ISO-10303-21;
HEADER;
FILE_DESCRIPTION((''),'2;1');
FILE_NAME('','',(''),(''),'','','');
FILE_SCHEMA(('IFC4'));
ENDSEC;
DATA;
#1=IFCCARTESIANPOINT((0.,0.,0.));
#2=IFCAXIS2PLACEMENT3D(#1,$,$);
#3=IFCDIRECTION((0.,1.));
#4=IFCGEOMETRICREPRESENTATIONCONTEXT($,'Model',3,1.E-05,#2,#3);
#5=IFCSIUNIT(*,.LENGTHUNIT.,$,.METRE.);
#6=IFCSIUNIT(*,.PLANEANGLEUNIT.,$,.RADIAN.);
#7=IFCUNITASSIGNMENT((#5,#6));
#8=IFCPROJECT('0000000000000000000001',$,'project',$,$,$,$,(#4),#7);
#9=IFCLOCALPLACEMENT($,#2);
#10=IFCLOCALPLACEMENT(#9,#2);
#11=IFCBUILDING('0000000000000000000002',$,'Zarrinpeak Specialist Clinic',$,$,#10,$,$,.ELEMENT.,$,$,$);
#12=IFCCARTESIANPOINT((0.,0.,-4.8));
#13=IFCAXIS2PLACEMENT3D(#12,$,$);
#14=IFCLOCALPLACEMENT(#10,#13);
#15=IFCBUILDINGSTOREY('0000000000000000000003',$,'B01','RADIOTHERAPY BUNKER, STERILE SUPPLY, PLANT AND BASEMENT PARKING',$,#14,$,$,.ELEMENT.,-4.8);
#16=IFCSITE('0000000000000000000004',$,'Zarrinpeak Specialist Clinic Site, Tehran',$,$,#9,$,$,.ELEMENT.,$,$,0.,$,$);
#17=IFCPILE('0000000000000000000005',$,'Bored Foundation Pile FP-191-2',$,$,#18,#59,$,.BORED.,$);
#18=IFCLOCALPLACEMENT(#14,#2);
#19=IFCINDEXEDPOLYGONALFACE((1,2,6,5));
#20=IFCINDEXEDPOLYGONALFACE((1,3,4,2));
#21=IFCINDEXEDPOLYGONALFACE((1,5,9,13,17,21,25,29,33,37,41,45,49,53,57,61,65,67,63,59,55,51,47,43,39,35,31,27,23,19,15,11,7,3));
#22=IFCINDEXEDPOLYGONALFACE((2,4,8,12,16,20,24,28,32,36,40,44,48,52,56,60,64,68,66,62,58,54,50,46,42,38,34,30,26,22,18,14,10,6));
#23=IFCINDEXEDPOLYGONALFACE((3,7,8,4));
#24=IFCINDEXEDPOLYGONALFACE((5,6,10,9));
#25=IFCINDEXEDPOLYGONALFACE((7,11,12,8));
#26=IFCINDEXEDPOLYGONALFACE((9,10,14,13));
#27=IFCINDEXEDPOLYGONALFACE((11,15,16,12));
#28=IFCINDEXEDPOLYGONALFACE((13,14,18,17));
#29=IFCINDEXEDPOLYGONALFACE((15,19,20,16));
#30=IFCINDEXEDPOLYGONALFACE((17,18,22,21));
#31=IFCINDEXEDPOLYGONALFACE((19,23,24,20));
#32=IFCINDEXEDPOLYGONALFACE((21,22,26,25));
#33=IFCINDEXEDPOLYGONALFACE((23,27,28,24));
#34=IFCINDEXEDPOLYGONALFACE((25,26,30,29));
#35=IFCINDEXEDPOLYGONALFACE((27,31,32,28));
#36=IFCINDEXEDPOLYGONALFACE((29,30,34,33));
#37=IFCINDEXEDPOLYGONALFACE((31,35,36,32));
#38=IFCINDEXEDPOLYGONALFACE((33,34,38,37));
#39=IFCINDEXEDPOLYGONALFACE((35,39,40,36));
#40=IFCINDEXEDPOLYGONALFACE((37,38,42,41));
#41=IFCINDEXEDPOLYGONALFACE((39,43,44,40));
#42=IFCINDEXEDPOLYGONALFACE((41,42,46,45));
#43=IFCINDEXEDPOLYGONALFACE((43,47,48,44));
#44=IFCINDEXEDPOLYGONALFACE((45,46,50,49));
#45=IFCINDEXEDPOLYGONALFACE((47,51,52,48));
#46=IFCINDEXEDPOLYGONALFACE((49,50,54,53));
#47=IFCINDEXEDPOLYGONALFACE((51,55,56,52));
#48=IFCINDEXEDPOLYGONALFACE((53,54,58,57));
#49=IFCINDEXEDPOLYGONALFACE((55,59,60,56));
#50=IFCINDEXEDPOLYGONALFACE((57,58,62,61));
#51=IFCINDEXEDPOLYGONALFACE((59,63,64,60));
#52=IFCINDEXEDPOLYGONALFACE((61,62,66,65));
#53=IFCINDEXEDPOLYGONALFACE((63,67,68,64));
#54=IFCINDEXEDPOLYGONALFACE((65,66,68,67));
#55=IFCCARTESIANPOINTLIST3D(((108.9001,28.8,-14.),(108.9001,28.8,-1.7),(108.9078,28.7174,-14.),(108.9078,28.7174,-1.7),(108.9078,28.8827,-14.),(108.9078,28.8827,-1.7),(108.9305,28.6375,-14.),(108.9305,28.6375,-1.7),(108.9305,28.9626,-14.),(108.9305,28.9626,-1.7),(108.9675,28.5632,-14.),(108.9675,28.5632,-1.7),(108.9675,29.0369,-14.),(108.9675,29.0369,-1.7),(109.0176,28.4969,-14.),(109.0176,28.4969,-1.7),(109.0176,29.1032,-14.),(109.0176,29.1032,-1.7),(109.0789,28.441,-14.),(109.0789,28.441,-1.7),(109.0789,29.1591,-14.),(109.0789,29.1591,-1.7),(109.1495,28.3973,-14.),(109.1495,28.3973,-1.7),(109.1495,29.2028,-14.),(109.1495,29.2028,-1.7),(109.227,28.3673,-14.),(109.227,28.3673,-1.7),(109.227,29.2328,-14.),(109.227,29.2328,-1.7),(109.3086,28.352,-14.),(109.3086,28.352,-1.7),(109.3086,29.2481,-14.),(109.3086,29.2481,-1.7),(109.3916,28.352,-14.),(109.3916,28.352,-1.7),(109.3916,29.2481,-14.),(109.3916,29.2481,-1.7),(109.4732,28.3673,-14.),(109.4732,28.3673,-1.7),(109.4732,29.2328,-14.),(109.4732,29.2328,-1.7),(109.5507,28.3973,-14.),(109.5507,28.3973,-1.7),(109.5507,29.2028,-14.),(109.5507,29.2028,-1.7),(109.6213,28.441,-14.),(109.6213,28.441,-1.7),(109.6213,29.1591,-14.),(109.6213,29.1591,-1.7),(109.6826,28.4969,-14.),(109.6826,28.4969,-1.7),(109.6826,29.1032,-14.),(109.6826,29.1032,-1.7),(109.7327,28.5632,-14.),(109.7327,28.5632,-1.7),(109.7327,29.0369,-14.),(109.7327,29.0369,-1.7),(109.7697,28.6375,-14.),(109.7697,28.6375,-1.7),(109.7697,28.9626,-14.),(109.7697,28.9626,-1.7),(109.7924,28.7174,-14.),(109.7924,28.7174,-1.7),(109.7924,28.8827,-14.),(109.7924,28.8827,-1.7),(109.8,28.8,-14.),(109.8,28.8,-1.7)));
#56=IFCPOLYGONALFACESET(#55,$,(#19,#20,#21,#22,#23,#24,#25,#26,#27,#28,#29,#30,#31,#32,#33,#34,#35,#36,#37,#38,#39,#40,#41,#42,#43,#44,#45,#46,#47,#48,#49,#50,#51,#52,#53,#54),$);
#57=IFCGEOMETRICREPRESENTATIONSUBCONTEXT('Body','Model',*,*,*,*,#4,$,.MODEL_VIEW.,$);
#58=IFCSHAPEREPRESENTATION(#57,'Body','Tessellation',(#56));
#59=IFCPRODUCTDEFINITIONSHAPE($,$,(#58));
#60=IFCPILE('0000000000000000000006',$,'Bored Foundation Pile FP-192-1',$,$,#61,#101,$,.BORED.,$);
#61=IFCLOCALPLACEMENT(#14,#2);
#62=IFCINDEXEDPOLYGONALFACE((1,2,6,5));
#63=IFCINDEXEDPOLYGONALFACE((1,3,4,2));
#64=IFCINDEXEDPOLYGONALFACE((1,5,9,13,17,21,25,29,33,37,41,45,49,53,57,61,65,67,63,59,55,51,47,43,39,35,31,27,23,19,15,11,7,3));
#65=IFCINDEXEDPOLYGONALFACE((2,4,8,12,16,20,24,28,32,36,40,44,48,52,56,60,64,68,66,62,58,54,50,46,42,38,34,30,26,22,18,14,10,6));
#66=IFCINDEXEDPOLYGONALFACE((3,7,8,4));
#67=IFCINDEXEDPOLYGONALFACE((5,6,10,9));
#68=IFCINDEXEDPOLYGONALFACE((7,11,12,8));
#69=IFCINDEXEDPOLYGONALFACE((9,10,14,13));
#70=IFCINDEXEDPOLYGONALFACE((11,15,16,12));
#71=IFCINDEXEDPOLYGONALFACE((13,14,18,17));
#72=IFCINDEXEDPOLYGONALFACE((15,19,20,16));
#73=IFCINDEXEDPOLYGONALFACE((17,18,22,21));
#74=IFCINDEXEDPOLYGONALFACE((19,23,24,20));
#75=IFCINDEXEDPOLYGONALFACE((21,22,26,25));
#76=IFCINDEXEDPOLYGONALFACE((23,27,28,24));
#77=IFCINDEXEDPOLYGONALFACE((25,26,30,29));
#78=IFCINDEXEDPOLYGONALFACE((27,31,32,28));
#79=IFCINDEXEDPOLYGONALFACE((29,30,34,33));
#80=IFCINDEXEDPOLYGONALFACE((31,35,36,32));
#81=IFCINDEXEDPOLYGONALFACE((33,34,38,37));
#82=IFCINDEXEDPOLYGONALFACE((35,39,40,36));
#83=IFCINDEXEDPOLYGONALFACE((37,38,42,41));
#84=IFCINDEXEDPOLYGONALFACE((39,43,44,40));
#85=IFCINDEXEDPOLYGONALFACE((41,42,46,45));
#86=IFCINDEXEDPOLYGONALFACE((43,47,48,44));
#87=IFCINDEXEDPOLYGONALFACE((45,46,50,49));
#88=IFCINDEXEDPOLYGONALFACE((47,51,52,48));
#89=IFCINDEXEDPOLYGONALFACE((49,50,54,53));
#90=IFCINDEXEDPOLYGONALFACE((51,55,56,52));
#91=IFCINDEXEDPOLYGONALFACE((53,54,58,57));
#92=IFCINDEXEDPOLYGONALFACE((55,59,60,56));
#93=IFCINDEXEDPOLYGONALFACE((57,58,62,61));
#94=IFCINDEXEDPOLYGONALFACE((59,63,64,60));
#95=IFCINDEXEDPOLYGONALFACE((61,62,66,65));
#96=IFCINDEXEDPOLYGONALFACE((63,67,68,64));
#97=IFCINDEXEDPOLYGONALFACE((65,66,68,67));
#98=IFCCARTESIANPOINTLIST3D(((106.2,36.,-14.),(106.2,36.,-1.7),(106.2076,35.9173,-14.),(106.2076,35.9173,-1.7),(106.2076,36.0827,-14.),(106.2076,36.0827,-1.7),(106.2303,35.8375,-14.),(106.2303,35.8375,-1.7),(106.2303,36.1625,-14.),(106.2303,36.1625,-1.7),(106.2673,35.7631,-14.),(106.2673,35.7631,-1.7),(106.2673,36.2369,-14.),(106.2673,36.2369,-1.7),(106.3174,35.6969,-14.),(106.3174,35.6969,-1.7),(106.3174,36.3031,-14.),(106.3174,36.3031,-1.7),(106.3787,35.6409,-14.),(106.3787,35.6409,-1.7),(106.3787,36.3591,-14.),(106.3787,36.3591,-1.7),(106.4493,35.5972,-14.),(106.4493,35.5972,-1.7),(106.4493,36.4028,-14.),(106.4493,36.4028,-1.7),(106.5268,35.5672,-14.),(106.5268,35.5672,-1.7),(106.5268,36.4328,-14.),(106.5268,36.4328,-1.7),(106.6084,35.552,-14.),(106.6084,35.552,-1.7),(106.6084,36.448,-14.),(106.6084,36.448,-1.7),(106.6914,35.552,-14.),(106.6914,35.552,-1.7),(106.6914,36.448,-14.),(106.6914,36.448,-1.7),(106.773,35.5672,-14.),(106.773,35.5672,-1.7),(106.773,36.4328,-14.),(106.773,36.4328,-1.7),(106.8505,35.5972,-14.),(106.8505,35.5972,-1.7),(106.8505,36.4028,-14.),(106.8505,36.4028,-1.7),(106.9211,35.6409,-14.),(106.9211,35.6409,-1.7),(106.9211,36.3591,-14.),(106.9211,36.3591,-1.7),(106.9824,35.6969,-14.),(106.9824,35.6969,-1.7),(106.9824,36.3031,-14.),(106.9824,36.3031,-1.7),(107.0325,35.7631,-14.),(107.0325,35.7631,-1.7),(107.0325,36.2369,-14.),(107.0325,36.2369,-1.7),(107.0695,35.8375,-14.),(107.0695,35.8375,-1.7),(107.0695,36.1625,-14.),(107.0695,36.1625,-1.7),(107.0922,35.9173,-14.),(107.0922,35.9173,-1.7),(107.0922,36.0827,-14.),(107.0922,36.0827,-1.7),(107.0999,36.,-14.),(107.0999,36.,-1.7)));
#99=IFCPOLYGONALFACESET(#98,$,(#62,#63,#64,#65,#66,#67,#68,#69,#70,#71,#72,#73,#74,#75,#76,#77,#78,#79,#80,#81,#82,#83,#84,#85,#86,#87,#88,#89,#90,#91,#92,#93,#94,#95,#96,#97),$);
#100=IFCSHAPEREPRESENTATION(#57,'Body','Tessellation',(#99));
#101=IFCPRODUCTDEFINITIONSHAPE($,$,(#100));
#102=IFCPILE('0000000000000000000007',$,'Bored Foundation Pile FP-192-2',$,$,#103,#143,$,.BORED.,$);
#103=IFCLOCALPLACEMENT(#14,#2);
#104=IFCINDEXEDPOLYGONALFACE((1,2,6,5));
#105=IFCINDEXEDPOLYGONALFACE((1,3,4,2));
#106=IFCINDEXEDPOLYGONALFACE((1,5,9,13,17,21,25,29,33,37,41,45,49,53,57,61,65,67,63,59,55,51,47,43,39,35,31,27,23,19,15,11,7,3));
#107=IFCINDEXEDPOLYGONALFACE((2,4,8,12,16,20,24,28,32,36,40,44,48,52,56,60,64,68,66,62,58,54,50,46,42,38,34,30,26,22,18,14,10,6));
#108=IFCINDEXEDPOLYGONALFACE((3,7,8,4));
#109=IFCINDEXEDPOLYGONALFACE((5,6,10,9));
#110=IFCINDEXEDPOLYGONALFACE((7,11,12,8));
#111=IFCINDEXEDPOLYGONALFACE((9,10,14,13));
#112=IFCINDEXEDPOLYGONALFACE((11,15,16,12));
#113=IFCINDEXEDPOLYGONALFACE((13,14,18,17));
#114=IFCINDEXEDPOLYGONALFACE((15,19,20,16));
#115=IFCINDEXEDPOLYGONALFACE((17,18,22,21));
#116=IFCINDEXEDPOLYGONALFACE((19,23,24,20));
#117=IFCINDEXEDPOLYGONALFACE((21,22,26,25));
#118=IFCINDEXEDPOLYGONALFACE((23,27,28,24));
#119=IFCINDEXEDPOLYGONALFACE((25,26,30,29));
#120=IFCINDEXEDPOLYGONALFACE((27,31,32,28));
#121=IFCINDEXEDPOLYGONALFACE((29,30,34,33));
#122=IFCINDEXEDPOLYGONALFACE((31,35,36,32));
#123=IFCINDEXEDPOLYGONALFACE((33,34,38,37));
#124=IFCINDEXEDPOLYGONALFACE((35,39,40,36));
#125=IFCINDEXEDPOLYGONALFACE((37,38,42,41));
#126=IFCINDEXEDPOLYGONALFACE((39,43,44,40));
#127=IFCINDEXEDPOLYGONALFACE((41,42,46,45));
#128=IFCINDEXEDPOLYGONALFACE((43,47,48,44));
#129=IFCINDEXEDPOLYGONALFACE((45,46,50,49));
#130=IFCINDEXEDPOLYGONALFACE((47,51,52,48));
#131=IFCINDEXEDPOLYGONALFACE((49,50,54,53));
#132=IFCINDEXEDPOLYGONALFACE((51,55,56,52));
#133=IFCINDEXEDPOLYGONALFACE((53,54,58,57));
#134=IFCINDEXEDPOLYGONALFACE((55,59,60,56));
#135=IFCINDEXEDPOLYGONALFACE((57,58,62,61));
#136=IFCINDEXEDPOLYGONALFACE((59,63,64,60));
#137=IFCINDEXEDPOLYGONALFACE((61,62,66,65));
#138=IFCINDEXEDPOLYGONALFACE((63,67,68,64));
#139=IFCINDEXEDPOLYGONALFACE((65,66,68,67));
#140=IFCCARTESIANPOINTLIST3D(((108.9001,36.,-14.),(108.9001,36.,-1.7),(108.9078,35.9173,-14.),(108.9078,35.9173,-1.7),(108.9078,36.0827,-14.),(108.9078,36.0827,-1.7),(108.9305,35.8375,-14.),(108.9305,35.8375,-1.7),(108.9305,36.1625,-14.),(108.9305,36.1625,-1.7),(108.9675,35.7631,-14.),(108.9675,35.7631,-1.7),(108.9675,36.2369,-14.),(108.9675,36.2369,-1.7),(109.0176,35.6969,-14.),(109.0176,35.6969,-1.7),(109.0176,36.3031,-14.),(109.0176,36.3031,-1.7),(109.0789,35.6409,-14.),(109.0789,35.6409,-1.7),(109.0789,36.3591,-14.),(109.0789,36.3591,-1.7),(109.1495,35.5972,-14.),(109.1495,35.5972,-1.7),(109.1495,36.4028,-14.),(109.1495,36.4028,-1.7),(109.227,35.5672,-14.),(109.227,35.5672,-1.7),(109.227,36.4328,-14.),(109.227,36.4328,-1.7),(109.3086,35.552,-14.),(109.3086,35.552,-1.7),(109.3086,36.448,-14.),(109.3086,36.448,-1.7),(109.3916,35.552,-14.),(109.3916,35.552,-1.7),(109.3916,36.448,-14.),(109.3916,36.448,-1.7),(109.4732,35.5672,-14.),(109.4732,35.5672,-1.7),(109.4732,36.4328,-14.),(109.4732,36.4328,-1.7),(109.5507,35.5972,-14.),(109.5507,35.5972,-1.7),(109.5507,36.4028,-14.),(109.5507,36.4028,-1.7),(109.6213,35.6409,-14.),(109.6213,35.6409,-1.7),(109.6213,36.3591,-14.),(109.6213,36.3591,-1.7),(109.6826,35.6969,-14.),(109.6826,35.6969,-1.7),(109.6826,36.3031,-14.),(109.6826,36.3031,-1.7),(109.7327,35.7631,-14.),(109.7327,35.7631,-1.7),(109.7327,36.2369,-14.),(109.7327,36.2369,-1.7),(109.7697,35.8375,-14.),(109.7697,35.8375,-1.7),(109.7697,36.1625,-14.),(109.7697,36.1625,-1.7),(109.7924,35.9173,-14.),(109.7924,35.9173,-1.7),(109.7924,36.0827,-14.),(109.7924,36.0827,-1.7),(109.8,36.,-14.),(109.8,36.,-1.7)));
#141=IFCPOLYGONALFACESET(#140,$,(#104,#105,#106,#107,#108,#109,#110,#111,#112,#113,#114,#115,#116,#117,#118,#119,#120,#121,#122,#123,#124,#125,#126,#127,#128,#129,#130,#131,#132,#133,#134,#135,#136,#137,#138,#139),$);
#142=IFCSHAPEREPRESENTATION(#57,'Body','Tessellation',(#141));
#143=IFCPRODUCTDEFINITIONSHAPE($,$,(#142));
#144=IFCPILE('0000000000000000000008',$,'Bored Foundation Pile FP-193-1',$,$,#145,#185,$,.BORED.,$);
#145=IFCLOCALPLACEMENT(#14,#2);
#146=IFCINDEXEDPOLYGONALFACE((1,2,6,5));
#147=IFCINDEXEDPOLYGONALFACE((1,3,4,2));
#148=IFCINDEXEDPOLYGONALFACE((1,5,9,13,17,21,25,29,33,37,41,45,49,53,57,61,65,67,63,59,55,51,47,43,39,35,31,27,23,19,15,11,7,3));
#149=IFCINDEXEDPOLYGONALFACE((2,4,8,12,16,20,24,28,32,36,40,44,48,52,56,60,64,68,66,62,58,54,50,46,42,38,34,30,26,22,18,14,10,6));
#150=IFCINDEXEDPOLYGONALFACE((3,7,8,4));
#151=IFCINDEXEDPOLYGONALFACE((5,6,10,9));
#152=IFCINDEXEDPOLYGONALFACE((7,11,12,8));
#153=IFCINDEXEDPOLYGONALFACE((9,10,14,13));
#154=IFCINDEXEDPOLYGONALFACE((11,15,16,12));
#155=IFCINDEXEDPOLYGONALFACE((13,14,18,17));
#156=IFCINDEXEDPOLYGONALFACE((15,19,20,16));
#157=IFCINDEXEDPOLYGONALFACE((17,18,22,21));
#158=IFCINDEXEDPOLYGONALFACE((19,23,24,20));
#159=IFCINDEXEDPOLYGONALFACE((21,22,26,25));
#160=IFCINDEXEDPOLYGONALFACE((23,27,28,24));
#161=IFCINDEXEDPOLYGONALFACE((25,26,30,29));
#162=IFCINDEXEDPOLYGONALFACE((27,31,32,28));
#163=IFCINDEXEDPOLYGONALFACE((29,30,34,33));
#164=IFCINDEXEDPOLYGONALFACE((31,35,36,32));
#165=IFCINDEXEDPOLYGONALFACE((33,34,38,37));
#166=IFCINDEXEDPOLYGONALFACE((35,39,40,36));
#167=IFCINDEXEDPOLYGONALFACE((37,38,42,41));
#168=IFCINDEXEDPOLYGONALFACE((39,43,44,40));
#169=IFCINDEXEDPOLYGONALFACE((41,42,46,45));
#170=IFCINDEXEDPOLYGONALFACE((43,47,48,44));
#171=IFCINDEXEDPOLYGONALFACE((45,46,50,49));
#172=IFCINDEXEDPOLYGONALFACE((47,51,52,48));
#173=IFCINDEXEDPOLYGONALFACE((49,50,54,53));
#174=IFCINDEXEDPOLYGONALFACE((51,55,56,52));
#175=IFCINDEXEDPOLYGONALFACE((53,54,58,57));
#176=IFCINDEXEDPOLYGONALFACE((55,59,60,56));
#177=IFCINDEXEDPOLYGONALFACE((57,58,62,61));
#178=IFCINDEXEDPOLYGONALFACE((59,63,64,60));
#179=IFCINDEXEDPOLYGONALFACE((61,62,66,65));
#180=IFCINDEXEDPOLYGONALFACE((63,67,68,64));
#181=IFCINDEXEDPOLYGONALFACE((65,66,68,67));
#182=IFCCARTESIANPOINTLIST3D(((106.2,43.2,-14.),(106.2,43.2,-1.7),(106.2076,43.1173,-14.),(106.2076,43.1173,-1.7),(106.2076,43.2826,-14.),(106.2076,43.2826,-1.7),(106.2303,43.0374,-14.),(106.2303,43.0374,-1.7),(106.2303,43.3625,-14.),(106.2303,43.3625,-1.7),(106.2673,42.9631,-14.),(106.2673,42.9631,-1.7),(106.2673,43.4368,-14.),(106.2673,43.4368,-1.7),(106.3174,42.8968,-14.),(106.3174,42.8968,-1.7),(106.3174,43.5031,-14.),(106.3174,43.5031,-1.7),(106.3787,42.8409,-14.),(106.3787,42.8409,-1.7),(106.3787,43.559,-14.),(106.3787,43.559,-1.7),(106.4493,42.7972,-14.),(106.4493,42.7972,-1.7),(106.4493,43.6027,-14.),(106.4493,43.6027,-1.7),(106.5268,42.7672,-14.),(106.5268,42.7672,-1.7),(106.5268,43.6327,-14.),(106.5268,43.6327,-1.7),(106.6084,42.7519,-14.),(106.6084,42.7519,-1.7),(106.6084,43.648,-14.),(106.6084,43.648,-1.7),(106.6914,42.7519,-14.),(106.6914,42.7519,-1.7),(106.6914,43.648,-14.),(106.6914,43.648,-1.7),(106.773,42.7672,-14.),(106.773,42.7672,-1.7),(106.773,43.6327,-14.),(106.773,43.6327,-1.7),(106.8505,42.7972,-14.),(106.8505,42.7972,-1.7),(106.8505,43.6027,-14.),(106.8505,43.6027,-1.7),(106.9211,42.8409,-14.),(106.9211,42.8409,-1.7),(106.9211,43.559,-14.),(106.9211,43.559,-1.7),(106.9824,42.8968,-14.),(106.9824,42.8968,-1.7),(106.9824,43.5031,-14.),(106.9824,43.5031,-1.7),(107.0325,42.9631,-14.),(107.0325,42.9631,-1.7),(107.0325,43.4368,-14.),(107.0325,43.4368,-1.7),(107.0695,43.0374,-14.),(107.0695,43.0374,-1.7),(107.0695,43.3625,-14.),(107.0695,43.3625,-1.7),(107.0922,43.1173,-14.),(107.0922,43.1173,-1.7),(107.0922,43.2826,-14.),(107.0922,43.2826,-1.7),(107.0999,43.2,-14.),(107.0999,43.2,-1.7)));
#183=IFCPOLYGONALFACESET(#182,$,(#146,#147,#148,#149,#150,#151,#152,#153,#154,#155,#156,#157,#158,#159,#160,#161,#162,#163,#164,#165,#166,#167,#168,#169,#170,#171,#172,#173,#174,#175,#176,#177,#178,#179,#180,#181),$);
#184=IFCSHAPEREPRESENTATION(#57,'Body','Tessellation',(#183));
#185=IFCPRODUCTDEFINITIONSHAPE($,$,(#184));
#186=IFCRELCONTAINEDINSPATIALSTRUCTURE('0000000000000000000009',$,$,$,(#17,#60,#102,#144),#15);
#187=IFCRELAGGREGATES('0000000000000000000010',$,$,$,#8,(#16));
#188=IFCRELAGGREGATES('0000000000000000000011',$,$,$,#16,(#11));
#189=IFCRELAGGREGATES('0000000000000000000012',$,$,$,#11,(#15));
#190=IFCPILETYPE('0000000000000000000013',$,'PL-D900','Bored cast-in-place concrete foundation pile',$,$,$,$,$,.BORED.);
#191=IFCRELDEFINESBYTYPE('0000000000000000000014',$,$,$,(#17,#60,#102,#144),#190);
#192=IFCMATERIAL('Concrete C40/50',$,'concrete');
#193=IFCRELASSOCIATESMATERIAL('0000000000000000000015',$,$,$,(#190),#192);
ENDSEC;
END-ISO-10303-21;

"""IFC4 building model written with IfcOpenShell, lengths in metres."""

from ifc_helpers import new_model, si_unit, direction, frame, origin, origin_2d, place, context, subcontext, project, spatial, circle, extrude, material, material_profile, profile_set, type_object, element, save


model = new_model("IFC4")

# Units and contexts
model_context = context("Model", 3, precision=1e-05, world=origin(), true_north=direction((0.0, 1.0)))
body_context = subcontext(model_context, "Body", "Model", "MODEL_VIEW")
ifc_project = project(units=[si_unit("LENGTHUNIT", "METRE"), si_unit("PLANEANGLEUNIT", "RADIAN")], contexts=[model_context])

# Site, building, storey
site_placement = place(None, origin())
site = spatial("IfcSite", under=ifc_project, at=site_placement, Name="Zarrinpeak Specialist Clinic Site, Tehran", CompositionType="ELEMENT", RefElevation=0.0)
building_placement = place(site_placement, origin())
building = spatial("IfcBuilding", under=site, at=building_placement, Name="Zarrinpeak Specialist Clinic", CompositionType="ELEMENT")
storey_placement = place(building_placement, frame((0.0, 0.0, -4.8)))
storey = spatial("IfcBuildingStorey", under=building, at=storey_placement, Name="B01", Description="RADIOTHERAPY BUNKER, STERILE SUPPLY, PLANT AND BASEMENT PARKING", CompositionType="ELEMENT", Elevation=-4.8)

# Shared definitions
ifc_material_1 = material(Name="Concrete C40/50", Category="concrete")

# Piles
ifc_material_profile_1 = material_profile(ifc_material_1, circle(Radius=0.45, at=origin_2d()), Name="BORED PILE D900")
ifc_profile_set_1 = profile_set([ifc_material_profile_1], Name="Concrete C40/50")
pile_type = type_object("IfcPileType", Name="PL-D900", Description="Bored cast-in-place concrete foundation pile", PredefinedType="BORED", material=ifc_profile_set_1)
for number, where, z_axis, x_axis, name in (
    (1, (109.3501, 28.8, -1.7), (0.0, 0.0, -1.0), (1.0, 0.0, 0.0), "Bored Foundation Pile FP-191-2"),
    (2, (106.6499, 36.0, -1.7), (0.0, 0.0, -1.0), (1.0, 0.0, 0.0), "Bored Foundation Pile FP-192-1"),
    (3, (109.3501, 36.0, -1.7), (0.0, 0.0, -1.0), (1.0, 0.0, 0.0), "Bored Foundation Pile FP-192-2"),
    (4, (106.6499, 43.2, -1.7), (0.0, 0.0, -1.0), (1.0, 0.0, 0.0), "Bored Foundation Pile FP-193-1"),
):
    element("IfcPile", number, at=place(storey_placement, frame(where, z_axis=z_axis, x_axis=x_axis)), inside=storey, type_object=pile_type, Name=name, PredefinedType="BORED", context=body_context, shape_type="SweptSolid", body=[
        extrude(circle(Radius=0.45, at=origin_2d()), origin(), (0.0, 0.0, 1.0), 12.3),
    ])

save(model, "model.ifc")
